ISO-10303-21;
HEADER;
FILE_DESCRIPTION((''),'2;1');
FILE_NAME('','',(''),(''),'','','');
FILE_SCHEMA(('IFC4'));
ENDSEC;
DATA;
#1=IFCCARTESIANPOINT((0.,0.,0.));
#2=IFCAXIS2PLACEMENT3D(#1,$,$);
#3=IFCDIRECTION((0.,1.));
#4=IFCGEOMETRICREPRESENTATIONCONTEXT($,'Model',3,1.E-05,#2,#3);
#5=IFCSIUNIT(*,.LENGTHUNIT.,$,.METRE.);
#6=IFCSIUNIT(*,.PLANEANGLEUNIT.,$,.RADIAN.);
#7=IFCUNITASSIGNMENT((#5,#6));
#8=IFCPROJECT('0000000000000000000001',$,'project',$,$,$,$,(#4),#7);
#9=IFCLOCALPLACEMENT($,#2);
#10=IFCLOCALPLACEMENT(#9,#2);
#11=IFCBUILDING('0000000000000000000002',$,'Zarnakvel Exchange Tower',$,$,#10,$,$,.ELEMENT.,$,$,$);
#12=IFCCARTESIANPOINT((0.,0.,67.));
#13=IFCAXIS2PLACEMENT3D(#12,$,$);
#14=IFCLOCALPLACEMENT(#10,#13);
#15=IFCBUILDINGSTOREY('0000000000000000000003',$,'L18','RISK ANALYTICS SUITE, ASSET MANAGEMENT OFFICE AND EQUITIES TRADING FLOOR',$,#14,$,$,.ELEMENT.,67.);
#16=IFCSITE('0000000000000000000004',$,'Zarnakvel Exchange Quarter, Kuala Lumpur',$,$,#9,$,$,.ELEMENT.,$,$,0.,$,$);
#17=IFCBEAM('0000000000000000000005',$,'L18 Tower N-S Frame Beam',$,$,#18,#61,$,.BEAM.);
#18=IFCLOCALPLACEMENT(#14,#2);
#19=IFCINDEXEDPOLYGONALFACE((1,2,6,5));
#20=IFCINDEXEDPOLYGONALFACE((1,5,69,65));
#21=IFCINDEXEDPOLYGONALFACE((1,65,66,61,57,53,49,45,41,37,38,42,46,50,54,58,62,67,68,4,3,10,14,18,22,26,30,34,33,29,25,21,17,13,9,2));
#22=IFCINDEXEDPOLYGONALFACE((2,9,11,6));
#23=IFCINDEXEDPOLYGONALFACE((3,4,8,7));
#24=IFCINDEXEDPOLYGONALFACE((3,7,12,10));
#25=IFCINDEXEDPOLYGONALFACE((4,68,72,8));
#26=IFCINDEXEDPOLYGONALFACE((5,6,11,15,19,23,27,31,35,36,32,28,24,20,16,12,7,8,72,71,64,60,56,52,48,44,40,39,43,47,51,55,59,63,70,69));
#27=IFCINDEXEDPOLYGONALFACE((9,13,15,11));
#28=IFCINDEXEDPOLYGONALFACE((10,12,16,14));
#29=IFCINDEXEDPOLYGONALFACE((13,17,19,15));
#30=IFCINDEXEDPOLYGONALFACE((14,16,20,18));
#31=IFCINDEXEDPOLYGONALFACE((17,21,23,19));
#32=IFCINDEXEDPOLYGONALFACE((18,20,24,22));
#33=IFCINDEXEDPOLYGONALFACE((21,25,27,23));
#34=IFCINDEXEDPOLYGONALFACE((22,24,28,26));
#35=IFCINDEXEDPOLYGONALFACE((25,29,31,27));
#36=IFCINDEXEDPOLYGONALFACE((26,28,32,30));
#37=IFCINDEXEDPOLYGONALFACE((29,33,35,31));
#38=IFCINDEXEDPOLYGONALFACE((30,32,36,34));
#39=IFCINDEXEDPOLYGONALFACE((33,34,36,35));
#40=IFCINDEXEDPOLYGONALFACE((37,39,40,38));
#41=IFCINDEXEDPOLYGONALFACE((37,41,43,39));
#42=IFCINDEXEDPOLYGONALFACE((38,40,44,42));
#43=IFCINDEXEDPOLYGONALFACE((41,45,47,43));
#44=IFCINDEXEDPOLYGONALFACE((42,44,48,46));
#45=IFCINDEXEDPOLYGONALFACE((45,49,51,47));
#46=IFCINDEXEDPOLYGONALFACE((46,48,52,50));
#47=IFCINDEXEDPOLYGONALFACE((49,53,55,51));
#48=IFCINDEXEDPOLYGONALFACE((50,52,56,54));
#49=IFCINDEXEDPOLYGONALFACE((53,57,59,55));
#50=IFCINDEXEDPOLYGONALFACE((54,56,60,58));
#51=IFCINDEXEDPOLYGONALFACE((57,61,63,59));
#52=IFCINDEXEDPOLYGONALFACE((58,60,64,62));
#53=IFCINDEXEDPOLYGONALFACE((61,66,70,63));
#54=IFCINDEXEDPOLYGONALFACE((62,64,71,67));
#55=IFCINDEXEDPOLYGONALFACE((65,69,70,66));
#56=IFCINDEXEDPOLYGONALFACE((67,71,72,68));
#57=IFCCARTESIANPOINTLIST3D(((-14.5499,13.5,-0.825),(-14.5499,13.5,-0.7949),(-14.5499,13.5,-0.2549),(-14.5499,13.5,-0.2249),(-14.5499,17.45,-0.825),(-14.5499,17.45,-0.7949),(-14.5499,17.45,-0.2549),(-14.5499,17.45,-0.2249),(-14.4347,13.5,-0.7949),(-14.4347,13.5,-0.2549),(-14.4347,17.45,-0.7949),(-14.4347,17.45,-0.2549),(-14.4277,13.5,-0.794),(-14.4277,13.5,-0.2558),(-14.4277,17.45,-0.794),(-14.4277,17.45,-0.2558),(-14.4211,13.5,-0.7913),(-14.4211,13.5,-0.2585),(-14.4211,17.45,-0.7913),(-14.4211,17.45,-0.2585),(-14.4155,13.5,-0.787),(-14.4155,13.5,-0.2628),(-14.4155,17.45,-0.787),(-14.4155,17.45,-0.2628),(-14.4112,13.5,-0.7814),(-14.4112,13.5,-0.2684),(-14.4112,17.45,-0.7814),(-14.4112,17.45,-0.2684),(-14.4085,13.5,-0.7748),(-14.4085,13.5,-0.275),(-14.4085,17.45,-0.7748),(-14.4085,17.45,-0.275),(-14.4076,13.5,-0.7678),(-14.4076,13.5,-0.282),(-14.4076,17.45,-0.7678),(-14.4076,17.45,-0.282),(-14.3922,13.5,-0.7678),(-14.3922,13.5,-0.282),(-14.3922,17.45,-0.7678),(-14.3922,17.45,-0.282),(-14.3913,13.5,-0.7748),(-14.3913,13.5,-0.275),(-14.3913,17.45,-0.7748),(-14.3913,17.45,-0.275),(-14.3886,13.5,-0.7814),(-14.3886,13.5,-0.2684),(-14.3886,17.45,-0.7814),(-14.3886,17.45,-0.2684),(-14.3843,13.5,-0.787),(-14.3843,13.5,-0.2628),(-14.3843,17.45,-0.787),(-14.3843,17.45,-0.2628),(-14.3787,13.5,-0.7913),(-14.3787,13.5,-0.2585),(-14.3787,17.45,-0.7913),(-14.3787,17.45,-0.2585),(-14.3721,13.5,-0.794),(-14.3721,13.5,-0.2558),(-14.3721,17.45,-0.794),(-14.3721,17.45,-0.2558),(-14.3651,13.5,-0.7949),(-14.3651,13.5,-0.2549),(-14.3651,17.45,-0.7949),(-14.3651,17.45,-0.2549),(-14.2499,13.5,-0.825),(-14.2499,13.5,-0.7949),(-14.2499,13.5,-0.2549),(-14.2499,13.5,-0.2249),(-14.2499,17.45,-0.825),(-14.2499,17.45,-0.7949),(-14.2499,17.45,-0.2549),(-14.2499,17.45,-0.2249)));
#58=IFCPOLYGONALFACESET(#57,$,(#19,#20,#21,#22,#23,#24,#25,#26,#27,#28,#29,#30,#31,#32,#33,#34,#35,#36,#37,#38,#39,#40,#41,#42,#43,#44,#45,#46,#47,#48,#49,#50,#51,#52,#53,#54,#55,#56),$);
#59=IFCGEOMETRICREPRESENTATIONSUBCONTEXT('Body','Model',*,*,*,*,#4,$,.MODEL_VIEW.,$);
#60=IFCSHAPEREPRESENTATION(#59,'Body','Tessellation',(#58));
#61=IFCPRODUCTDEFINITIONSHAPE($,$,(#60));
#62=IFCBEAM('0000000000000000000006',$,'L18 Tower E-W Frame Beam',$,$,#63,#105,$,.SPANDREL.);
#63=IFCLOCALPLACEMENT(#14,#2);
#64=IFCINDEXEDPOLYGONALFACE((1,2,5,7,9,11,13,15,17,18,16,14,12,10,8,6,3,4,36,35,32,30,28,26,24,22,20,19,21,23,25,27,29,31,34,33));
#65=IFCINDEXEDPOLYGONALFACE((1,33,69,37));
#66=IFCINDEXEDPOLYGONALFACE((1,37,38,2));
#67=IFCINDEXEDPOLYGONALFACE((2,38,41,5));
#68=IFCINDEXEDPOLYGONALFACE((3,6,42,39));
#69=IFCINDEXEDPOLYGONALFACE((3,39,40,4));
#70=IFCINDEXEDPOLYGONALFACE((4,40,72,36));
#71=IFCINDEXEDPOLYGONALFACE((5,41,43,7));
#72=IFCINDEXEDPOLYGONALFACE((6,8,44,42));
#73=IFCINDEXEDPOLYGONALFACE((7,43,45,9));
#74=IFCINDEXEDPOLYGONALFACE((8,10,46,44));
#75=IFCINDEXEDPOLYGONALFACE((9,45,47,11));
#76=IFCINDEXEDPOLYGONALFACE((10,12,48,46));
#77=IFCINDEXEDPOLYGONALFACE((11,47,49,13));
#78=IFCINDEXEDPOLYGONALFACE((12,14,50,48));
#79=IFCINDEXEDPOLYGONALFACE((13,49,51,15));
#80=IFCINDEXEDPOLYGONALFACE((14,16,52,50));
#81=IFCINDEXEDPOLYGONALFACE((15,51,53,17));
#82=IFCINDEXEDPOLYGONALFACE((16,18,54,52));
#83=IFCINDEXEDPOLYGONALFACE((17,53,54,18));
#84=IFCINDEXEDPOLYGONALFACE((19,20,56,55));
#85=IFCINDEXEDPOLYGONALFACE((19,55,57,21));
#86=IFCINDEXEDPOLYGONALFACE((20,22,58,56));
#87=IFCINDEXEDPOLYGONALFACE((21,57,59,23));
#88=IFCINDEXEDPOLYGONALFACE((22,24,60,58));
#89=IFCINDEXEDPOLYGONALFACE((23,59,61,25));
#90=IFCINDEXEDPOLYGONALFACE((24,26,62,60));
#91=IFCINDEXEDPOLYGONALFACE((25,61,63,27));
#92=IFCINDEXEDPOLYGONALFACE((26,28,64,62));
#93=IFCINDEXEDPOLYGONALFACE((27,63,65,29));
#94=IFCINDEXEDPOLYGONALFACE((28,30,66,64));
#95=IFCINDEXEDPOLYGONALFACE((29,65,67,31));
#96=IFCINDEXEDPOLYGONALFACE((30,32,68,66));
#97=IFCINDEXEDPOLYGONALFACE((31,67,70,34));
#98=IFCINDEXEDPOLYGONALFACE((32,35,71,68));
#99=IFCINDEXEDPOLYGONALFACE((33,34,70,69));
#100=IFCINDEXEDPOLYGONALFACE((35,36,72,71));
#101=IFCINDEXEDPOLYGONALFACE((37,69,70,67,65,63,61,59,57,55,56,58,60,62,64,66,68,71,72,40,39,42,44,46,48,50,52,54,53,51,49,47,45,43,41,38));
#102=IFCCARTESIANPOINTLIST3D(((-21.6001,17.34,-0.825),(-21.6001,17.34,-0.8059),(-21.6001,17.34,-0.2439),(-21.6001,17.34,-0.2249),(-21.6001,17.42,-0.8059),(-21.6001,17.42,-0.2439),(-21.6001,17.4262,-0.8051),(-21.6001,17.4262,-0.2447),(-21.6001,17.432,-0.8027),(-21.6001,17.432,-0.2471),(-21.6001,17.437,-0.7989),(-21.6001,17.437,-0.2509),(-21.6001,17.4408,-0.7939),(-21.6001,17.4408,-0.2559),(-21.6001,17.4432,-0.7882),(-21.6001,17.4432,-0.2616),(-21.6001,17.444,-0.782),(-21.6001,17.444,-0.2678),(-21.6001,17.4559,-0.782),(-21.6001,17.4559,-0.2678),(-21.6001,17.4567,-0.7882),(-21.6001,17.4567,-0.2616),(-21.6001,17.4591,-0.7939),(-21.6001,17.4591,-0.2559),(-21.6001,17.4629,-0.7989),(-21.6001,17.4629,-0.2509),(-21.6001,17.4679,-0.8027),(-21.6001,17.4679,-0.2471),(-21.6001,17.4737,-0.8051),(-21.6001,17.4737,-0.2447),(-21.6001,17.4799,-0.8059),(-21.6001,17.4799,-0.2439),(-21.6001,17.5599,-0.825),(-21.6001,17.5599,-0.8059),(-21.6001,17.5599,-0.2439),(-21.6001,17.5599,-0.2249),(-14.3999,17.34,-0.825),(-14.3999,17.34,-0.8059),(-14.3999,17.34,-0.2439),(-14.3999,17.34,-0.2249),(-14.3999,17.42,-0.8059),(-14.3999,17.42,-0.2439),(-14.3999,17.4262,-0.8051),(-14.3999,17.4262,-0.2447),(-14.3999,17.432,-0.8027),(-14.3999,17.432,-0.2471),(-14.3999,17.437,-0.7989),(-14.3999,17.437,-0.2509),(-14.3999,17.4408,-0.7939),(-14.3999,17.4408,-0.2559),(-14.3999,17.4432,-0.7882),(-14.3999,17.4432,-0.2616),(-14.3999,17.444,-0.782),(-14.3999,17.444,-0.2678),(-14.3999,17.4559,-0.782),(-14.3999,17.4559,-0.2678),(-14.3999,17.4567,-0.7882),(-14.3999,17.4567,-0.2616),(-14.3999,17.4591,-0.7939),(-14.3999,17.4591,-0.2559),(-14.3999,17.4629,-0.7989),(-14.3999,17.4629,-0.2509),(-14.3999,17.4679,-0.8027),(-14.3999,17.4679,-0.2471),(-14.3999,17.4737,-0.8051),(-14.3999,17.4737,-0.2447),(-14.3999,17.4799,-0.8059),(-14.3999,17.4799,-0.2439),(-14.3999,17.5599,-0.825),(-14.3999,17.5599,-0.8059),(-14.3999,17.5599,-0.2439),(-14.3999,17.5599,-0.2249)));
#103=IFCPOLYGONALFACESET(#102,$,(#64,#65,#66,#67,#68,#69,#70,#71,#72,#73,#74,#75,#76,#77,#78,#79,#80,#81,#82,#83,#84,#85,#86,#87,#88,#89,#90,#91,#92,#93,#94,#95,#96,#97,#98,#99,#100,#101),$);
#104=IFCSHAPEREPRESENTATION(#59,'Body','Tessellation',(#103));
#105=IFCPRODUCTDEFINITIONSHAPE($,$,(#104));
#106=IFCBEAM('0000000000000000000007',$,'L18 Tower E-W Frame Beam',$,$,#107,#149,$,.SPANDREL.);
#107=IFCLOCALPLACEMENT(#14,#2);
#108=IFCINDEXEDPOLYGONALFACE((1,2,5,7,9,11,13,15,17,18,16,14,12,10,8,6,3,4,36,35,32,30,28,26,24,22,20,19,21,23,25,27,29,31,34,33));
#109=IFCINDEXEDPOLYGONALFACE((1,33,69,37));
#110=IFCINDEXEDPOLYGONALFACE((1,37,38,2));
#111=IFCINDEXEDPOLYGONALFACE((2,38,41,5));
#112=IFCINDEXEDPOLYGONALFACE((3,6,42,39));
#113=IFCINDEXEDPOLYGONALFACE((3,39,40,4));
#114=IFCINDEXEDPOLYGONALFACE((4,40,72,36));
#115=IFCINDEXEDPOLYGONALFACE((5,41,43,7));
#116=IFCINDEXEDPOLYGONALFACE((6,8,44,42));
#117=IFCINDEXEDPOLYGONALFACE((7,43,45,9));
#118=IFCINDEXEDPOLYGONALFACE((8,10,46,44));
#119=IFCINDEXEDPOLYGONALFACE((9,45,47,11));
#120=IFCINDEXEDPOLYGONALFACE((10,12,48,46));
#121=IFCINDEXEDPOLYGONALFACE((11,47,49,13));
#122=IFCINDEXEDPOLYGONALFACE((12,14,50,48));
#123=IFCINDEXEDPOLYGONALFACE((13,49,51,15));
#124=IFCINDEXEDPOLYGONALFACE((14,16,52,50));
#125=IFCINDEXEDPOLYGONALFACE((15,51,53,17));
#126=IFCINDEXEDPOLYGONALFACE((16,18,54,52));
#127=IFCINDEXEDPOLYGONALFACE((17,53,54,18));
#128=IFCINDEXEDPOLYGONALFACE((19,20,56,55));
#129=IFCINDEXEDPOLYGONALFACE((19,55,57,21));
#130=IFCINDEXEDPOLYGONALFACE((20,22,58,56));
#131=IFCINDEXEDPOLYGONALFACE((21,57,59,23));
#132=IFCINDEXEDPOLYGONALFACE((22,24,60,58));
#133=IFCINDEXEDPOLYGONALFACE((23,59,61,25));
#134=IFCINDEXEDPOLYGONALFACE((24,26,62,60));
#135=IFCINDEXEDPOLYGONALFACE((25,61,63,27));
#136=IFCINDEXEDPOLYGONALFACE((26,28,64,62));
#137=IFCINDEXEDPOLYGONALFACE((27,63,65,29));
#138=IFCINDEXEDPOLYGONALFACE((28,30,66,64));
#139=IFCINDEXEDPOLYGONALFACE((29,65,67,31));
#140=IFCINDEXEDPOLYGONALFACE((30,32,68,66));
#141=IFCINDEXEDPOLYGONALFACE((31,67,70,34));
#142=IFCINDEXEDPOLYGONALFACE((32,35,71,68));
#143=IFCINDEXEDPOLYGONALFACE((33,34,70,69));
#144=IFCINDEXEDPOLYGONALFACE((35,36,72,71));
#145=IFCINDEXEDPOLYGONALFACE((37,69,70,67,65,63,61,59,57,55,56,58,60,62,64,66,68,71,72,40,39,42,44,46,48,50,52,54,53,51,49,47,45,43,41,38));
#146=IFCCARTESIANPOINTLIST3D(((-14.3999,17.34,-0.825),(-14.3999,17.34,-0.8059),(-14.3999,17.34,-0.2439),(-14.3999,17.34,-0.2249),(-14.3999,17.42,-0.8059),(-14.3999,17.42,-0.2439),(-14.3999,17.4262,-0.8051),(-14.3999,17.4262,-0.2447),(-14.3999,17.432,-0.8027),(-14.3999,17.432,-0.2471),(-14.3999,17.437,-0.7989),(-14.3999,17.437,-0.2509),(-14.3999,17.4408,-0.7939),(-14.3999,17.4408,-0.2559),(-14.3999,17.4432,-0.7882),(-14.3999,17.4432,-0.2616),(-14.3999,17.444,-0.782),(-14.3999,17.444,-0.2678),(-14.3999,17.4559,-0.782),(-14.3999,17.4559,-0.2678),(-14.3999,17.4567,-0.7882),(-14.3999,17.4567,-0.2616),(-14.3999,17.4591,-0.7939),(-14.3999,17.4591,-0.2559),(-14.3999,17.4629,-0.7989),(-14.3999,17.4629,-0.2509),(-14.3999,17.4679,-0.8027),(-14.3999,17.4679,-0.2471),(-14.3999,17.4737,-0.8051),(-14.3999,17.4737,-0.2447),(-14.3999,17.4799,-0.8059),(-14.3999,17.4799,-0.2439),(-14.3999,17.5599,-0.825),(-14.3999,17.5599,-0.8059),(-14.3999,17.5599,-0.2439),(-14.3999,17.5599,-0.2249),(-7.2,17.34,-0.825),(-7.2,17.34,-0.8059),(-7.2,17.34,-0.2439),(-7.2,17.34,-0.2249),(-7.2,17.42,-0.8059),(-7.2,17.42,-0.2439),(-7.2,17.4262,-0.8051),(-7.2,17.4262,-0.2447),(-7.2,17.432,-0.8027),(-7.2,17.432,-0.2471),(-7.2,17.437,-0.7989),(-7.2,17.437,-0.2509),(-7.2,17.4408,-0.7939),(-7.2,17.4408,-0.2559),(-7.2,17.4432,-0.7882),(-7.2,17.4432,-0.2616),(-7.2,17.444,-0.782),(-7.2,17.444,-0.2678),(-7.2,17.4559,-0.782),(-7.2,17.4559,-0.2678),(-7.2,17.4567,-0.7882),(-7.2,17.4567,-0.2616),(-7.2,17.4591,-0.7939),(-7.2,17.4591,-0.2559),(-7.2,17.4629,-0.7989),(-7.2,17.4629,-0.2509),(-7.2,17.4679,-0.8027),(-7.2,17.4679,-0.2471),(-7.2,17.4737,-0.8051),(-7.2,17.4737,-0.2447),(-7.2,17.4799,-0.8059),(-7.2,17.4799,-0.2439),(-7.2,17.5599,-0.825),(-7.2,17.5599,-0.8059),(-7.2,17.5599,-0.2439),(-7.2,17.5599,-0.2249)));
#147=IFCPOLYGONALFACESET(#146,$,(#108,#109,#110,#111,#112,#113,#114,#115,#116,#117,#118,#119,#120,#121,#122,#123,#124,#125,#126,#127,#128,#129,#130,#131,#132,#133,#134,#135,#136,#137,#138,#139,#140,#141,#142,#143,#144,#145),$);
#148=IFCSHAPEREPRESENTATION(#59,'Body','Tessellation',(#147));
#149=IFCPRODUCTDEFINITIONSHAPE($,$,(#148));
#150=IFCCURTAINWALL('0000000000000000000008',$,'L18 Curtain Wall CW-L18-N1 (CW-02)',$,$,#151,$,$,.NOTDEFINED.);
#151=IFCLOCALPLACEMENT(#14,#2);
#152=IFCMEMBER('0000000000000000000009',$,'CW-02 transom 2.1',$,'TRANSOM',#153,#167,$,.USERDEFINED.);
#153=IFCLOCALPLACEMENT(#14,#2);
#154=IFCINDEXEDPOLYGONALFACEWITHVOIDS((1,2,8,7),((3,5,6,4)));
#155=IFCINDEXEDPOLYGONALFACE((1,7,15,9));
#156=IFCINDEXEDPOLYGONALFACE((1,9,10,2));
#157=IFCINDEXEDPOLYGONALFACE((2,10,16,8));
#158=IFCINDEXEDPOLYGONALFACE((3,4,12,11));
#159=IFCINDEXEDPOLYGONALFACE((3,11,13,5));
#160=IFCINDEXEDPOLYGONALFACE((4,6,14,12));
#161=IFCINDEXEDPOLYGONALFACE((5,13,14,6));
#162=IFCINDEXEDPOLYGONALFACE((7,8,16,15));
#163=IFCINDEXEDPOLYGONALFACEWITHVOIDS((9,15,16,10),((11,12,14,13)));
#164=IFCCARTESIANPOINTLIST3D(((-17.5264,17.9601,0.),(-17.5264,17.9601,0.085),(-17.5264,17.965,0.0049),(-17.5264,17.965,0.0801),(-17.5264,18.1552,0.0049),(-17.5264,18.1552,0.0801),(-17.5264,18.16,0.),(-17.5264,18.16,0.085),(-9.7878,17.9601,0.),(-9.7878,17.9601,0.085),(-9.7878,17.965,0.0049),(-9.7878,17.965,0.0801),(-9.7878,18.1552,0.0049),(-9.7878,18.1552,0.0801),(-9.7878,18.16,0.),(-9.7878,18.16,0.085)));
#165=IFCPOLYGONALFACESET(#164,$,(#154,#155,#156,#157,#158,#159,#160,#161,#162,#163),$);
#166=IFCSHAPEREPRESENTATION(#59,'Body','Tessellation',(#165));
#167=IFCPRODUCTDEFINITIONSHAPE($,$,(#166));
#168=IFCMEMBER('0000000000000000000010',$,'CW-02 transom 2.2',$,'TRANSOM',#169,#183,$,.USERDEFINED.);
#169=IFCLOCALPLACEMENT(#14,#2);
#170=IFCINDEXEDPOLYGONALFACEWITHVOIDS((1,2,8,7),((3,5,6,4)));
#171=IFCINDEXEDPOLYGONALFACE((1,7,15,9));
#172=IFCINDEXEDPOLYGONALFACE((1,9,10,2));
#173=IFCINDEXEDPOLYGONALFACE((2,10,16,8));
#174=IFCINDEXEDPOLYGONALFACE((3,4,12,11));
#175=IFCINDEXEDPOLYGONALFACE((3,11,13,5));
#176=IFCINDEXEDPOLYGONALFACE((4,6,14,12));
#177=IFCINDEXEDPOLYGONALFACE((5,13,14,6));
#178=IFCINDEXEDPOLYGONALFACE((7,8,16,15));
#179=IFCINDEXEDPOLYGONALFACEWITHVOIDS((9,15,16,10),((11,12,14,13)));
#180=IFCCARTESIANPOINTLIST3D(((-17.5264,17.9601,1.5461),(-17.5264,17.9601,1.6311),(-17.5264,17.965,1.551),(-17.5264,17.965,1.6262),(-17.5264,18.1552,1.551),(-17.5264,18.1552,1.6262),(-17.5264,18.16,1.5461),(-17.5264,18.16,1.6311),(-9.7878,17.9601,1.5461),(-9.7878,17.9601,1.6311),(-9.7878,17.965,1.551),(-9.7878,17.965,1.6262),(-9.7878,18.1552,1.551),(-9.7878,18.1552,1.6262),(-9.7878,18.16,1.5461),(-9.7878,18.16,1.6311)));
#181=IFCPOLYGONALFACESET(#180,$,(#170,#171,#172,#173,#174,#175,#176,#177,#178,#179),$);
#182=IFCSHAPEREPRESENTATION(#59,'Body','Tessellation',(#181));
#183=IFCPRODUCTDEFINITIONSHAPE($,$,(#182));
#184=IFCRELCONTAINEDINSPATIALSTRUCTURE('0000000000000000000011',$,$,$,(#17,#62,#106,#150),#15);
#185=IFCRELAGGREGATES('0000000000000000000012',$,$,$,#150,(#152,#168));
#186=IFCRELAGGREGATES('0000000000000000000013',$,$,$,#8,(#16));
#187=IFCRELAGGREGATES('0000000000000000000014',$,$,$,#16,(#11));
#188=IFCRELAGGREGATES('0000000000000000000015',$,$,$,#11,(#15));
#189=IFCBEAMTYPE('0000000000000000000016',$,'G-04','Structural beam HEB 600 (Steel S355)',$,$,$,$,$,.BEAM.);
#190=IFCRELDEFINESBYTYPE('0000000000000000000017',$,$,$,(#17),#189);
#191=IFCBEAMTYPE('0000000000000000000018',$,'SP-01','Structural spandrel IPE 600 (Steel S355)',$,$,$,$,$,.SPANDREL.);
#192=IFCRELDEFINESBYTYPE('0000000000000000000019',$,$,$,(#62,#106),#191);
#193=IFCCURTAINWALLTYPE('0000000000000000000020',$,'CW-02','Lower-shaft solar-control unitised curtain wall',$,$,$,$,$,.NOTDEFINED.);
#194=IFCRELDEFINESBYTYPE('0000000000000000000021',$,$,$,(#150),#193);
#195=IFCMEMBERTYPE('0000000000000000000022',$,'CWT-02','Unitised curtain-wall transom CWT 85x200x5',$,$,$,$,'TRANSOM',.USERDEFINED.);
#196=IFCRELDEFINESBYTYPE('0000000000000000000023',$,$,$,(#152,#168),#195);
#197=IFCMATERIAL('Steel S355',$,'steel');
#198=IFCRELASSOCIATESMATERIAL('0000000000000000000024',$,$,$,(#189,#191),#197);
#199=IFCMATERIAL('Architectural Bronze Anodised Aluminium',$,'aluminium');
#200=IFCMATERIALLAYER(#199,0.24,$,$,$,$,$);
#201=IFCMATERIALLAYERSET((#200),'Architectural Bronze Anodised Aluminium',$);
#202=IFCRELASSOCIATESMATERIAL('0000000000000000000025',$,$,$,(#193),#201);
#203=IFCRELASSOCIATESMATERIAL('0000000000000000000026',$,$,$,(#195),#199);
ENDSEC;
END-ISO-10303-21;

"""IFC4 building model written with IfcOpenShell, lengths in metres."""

from ifc_helpers import new_model, si_unit, direction, frame, origin, origin_2d, place, context, subcontext, project, spatial, hollow_rectangle, i_section, extrude, source, transform, mapped, material, layer, layer_set, material_profile, profile_set, type_object, element, aggregate, save


model = new_model("IFC4")

# Units and contexts
model_context = context("Model", 3, precision=1e-05, world=origin(), true_north=direction((0.0, 1.0)))
body_context = subcontext(model_context, "Body", "Model", "MODEL_VIEW")
ifc_project = project(units=[si_unit("LENGTHUNIT", "METRE"), si_unit("PLANEANGLEUNIT", "RADIAN")], contexts=[model_context])

# Site, building, storey
site_placement = place(None, origin())
site = spatial("IfcSite", under=ifc_project, at=site_placement, Name="Zarnakvel Exchange Quarter, Kuala Lumpur", CompositionType="ELEMENT", RefElevation=0.0)
building_placement = place(site_placement, origin())
building = spatial("IfcBuilding", under=site, at=building_placement, Name="Zarnakvel Exchange Tower", CompositionType="ELEMENT")
storey_placement = place(building_placement, frame((0.0, 0.0, 67.0)))
storey = spatial("IfcBuildingStorey", under=building, at=storey_placement, Name="L18", Description="RISK ANALYTICS SUITE, ASSET MANAGEMENT OFFICE AND EQUITIES TRADING FLOOR", CompositionType="ELEMENT", Elevation=67.0)

# Beams
ifc_material_1 = material(Name="Steel S355", Category="steel")
ifc_material_profile_1 = material_profile(ifc_material_1, i_section(OverallWidth=0.3, OverallDepth=0.6001, WebThickness=0.0154, FlangeThickness=0.03, FilletRadius=0.0271, at=origin_2d()))
ifc_profile_set_1 = profile_set([ifc_material_profile_1], Name="Steel S355")
beam_type_1 = type_object("IfcBeamType", Name="G-04", Description="Structural beam HEB 600 (Steel S355)", PredefinedType="BEAM", material=ifc_profile_set_1)
for number, where, z_axis, x_axis, name in (
    (1, (-14.3999, 13.5, -0.5249), (0.0, 1.0, 0.0), (-1.0, 0.0, 0.0), "L18 Tower N-S Frame Beam"),
):
    element("IfcBeam", number, at=place(storey_placement, frame(where, z_axis=z_axis, x_axis=x_axis)), inside=storey, type_object=beam_type_1, Name=name, PredefinedType="BEAM", context=body_context, shape_type="SweptSolid", body=[
        extrude(i_section(OverallWidth=0.3, OverallDepth=0.6001, WebThickness=0.0154, FlangeThickness=0.03, FilletRadius=0.0271, at=origin_2d()), origin(), (0.0, 0.0, 1.0), 3.95),
    ])
ifc_material_profile_2 = material_profile(ifc_material_1, i_section(OverallWidth=0.22, OverallDepth=0.6001, WebThickness=0.012, FlangeThickness=0.019, FilletRadius=0.0239, at=origin_2d()))
ifc_profile_set_2 = profile_set([ifc_material_profile_2], Name="Steel S355")
beam_type_2 = type_object("IfcBeamType", Name="SP-01", Description="Structural spandrel IPE 600 (Steel S355)", PredefinedType="SPANDREL", material=ifc_profile_set_2)
beam_1_placement = place(storey_placement, frame((-21.6001, 17.45, -0.5249), z_axis=(1.0, 0.0, 0.0), x_axis=(0.0, 1.0, 0.0)))
element("IfcBeam", 2, at=beam_1_placement, inside=storey, type_object=beam_type_2, Name="L18 Tower E-W Frame Beam", PredefinedType="SPANDREL", context=body_context, shape_type="SweptSolid", body=[
    extrude(i_section(OverallWidth=0.22, OverallDepth=0.6001, WebThickness=0.012, FlangeThickness=0.019, FilletRadius=0.0239, at=origin_2d()), origin(), (0.0, 0.0, 1.0), 7.2002),
])
beam_2_placement = place(storey_placement, frame((-14.3999, 17.45, -0.5249), z_axis=(1.0, 0.0, 0.0), x_axis=(0.0, 1.0, 0.0)))
element("IfcBeam", 3, at=beam_2_placement, inside=storey, type_object=beam_type_2, Name="L18 Tower E-W Frame Beam", PredefinedType="SPANDREL", context=body_context, shape_type="SweptSolid", body=[
    extrude(i_section(OverallWidth=0.22, OverallDepth=0.6001, WebThickness=0.012, FlangeThickness=0.019, FilletRadius=0.0239, at=origin_2d()), origin(), (0.0, 0.0, 1.0), 7.2),
])

# Curtain wall, members
ifc_material_2 = material(Name="Architectural Bronze Anodised Aluminium", Category="aluminium")
ifc_layer_1 = layer(ifc_material_2, 0.24)
ifc_layer_set_1 = layer_set([ifc_layer_1], Name="Architectural Bronze Anodised Aluminium")
curtain_wall_type = type_object("IfcCurtainWallType", Name="CW-02", Description="Lower-shaft solar-control unitised curtain wall", PredefinedType="NOTDEFINED", material=ifc_layer_set_1)
curtain_wall_placement = place(storey_placement, origin())
curtain_wall = element("IfcCurtainWall", 4, at=curtain_wall_placement, inside=storey, type_object=curtain_wall_type, Name="L18 Curtain Wall CW-L18-N1 (CW-02)", PredefinedType="NOTDEFINED")
ifc_material_profile_3 = material_profile(ifc_material_2, hollow_rectangle(XDim=0.2, YDim=0.085, WallThickness=0.0049, at=origin_2d()))
ifc_profile_set_3 = profile_set([ifc_material_profile_3], Name="Architectural Bronze Anodised Aluminium")
member_type_1 = type_object("IfcMemberType", Name="CWT-02", Description="Unitised curtain-wall transom CWT 85x200x5", ElementType="TRANSOM", PredefinedType="USERDEFINED", material=ifc_profile_set_3)
shared_shape_1 = source(origin(), body_context, "Body", "SweptSolid", [
    extrude(hollow_rectangle(XDim=0.2, YDim=0.085, WallThickness=0.0049, at=origin_2d()), origin(), (0.0, 0.0, 1.0), 7.7385),
])
member_1_placement = place(storey_placement, frame((-17.5264, 18.0601, 0.0425), z_axis=(1.0, 0.0, 0.0), x_axis=(0.0, 1.0, 0.0)))
member_1 = element("IfcMember", 5, at=member_1_placement, type_object=member_type_1, Name="CW-02 transom 2.1", ObjectType="TRANSOM", PredefinedType="USERDEFINED", context=body_context, shape_type="MappedRepresentation", body=[
    mapped(shared_shape_1, transform((0.0, 0.0, 0.0), x_axis=(1.0, 0.0, 0.0), y_axis=(0.0, 1.0, 0.0), z_axis=(0.0, 0.0, 1.0), scale=1.0)),
])
member_2_placement = place(storey_placement, frame((-17.5264, 18.0601, 1.5886), z_axis=(1.0, 0.0, 0.0), x_axis=(0.0, 1.0, 0.0)))
member_2 = element("IfcMember", 6, at=member_2_placement, type_object=member_type_1, Name="CW-02 transom 2.2", ObjectType="TRANSOM", PredefinedType="USERDEFINED", context=body_context, shape_type="MappedRepresentation", body=[
    mapped(shared_shape_1, transform((0.0, 0.0, 0.0), x_axis=(1.0, 0.0, 0.0), y_axis=(0.0, 1.0, 0.0), z_axis=(0.0, 0.0, 1.0), scale=1.0)),
])
aggregate(curtain_wall, [member_1, member_2])

save(model, "model.ifc")
